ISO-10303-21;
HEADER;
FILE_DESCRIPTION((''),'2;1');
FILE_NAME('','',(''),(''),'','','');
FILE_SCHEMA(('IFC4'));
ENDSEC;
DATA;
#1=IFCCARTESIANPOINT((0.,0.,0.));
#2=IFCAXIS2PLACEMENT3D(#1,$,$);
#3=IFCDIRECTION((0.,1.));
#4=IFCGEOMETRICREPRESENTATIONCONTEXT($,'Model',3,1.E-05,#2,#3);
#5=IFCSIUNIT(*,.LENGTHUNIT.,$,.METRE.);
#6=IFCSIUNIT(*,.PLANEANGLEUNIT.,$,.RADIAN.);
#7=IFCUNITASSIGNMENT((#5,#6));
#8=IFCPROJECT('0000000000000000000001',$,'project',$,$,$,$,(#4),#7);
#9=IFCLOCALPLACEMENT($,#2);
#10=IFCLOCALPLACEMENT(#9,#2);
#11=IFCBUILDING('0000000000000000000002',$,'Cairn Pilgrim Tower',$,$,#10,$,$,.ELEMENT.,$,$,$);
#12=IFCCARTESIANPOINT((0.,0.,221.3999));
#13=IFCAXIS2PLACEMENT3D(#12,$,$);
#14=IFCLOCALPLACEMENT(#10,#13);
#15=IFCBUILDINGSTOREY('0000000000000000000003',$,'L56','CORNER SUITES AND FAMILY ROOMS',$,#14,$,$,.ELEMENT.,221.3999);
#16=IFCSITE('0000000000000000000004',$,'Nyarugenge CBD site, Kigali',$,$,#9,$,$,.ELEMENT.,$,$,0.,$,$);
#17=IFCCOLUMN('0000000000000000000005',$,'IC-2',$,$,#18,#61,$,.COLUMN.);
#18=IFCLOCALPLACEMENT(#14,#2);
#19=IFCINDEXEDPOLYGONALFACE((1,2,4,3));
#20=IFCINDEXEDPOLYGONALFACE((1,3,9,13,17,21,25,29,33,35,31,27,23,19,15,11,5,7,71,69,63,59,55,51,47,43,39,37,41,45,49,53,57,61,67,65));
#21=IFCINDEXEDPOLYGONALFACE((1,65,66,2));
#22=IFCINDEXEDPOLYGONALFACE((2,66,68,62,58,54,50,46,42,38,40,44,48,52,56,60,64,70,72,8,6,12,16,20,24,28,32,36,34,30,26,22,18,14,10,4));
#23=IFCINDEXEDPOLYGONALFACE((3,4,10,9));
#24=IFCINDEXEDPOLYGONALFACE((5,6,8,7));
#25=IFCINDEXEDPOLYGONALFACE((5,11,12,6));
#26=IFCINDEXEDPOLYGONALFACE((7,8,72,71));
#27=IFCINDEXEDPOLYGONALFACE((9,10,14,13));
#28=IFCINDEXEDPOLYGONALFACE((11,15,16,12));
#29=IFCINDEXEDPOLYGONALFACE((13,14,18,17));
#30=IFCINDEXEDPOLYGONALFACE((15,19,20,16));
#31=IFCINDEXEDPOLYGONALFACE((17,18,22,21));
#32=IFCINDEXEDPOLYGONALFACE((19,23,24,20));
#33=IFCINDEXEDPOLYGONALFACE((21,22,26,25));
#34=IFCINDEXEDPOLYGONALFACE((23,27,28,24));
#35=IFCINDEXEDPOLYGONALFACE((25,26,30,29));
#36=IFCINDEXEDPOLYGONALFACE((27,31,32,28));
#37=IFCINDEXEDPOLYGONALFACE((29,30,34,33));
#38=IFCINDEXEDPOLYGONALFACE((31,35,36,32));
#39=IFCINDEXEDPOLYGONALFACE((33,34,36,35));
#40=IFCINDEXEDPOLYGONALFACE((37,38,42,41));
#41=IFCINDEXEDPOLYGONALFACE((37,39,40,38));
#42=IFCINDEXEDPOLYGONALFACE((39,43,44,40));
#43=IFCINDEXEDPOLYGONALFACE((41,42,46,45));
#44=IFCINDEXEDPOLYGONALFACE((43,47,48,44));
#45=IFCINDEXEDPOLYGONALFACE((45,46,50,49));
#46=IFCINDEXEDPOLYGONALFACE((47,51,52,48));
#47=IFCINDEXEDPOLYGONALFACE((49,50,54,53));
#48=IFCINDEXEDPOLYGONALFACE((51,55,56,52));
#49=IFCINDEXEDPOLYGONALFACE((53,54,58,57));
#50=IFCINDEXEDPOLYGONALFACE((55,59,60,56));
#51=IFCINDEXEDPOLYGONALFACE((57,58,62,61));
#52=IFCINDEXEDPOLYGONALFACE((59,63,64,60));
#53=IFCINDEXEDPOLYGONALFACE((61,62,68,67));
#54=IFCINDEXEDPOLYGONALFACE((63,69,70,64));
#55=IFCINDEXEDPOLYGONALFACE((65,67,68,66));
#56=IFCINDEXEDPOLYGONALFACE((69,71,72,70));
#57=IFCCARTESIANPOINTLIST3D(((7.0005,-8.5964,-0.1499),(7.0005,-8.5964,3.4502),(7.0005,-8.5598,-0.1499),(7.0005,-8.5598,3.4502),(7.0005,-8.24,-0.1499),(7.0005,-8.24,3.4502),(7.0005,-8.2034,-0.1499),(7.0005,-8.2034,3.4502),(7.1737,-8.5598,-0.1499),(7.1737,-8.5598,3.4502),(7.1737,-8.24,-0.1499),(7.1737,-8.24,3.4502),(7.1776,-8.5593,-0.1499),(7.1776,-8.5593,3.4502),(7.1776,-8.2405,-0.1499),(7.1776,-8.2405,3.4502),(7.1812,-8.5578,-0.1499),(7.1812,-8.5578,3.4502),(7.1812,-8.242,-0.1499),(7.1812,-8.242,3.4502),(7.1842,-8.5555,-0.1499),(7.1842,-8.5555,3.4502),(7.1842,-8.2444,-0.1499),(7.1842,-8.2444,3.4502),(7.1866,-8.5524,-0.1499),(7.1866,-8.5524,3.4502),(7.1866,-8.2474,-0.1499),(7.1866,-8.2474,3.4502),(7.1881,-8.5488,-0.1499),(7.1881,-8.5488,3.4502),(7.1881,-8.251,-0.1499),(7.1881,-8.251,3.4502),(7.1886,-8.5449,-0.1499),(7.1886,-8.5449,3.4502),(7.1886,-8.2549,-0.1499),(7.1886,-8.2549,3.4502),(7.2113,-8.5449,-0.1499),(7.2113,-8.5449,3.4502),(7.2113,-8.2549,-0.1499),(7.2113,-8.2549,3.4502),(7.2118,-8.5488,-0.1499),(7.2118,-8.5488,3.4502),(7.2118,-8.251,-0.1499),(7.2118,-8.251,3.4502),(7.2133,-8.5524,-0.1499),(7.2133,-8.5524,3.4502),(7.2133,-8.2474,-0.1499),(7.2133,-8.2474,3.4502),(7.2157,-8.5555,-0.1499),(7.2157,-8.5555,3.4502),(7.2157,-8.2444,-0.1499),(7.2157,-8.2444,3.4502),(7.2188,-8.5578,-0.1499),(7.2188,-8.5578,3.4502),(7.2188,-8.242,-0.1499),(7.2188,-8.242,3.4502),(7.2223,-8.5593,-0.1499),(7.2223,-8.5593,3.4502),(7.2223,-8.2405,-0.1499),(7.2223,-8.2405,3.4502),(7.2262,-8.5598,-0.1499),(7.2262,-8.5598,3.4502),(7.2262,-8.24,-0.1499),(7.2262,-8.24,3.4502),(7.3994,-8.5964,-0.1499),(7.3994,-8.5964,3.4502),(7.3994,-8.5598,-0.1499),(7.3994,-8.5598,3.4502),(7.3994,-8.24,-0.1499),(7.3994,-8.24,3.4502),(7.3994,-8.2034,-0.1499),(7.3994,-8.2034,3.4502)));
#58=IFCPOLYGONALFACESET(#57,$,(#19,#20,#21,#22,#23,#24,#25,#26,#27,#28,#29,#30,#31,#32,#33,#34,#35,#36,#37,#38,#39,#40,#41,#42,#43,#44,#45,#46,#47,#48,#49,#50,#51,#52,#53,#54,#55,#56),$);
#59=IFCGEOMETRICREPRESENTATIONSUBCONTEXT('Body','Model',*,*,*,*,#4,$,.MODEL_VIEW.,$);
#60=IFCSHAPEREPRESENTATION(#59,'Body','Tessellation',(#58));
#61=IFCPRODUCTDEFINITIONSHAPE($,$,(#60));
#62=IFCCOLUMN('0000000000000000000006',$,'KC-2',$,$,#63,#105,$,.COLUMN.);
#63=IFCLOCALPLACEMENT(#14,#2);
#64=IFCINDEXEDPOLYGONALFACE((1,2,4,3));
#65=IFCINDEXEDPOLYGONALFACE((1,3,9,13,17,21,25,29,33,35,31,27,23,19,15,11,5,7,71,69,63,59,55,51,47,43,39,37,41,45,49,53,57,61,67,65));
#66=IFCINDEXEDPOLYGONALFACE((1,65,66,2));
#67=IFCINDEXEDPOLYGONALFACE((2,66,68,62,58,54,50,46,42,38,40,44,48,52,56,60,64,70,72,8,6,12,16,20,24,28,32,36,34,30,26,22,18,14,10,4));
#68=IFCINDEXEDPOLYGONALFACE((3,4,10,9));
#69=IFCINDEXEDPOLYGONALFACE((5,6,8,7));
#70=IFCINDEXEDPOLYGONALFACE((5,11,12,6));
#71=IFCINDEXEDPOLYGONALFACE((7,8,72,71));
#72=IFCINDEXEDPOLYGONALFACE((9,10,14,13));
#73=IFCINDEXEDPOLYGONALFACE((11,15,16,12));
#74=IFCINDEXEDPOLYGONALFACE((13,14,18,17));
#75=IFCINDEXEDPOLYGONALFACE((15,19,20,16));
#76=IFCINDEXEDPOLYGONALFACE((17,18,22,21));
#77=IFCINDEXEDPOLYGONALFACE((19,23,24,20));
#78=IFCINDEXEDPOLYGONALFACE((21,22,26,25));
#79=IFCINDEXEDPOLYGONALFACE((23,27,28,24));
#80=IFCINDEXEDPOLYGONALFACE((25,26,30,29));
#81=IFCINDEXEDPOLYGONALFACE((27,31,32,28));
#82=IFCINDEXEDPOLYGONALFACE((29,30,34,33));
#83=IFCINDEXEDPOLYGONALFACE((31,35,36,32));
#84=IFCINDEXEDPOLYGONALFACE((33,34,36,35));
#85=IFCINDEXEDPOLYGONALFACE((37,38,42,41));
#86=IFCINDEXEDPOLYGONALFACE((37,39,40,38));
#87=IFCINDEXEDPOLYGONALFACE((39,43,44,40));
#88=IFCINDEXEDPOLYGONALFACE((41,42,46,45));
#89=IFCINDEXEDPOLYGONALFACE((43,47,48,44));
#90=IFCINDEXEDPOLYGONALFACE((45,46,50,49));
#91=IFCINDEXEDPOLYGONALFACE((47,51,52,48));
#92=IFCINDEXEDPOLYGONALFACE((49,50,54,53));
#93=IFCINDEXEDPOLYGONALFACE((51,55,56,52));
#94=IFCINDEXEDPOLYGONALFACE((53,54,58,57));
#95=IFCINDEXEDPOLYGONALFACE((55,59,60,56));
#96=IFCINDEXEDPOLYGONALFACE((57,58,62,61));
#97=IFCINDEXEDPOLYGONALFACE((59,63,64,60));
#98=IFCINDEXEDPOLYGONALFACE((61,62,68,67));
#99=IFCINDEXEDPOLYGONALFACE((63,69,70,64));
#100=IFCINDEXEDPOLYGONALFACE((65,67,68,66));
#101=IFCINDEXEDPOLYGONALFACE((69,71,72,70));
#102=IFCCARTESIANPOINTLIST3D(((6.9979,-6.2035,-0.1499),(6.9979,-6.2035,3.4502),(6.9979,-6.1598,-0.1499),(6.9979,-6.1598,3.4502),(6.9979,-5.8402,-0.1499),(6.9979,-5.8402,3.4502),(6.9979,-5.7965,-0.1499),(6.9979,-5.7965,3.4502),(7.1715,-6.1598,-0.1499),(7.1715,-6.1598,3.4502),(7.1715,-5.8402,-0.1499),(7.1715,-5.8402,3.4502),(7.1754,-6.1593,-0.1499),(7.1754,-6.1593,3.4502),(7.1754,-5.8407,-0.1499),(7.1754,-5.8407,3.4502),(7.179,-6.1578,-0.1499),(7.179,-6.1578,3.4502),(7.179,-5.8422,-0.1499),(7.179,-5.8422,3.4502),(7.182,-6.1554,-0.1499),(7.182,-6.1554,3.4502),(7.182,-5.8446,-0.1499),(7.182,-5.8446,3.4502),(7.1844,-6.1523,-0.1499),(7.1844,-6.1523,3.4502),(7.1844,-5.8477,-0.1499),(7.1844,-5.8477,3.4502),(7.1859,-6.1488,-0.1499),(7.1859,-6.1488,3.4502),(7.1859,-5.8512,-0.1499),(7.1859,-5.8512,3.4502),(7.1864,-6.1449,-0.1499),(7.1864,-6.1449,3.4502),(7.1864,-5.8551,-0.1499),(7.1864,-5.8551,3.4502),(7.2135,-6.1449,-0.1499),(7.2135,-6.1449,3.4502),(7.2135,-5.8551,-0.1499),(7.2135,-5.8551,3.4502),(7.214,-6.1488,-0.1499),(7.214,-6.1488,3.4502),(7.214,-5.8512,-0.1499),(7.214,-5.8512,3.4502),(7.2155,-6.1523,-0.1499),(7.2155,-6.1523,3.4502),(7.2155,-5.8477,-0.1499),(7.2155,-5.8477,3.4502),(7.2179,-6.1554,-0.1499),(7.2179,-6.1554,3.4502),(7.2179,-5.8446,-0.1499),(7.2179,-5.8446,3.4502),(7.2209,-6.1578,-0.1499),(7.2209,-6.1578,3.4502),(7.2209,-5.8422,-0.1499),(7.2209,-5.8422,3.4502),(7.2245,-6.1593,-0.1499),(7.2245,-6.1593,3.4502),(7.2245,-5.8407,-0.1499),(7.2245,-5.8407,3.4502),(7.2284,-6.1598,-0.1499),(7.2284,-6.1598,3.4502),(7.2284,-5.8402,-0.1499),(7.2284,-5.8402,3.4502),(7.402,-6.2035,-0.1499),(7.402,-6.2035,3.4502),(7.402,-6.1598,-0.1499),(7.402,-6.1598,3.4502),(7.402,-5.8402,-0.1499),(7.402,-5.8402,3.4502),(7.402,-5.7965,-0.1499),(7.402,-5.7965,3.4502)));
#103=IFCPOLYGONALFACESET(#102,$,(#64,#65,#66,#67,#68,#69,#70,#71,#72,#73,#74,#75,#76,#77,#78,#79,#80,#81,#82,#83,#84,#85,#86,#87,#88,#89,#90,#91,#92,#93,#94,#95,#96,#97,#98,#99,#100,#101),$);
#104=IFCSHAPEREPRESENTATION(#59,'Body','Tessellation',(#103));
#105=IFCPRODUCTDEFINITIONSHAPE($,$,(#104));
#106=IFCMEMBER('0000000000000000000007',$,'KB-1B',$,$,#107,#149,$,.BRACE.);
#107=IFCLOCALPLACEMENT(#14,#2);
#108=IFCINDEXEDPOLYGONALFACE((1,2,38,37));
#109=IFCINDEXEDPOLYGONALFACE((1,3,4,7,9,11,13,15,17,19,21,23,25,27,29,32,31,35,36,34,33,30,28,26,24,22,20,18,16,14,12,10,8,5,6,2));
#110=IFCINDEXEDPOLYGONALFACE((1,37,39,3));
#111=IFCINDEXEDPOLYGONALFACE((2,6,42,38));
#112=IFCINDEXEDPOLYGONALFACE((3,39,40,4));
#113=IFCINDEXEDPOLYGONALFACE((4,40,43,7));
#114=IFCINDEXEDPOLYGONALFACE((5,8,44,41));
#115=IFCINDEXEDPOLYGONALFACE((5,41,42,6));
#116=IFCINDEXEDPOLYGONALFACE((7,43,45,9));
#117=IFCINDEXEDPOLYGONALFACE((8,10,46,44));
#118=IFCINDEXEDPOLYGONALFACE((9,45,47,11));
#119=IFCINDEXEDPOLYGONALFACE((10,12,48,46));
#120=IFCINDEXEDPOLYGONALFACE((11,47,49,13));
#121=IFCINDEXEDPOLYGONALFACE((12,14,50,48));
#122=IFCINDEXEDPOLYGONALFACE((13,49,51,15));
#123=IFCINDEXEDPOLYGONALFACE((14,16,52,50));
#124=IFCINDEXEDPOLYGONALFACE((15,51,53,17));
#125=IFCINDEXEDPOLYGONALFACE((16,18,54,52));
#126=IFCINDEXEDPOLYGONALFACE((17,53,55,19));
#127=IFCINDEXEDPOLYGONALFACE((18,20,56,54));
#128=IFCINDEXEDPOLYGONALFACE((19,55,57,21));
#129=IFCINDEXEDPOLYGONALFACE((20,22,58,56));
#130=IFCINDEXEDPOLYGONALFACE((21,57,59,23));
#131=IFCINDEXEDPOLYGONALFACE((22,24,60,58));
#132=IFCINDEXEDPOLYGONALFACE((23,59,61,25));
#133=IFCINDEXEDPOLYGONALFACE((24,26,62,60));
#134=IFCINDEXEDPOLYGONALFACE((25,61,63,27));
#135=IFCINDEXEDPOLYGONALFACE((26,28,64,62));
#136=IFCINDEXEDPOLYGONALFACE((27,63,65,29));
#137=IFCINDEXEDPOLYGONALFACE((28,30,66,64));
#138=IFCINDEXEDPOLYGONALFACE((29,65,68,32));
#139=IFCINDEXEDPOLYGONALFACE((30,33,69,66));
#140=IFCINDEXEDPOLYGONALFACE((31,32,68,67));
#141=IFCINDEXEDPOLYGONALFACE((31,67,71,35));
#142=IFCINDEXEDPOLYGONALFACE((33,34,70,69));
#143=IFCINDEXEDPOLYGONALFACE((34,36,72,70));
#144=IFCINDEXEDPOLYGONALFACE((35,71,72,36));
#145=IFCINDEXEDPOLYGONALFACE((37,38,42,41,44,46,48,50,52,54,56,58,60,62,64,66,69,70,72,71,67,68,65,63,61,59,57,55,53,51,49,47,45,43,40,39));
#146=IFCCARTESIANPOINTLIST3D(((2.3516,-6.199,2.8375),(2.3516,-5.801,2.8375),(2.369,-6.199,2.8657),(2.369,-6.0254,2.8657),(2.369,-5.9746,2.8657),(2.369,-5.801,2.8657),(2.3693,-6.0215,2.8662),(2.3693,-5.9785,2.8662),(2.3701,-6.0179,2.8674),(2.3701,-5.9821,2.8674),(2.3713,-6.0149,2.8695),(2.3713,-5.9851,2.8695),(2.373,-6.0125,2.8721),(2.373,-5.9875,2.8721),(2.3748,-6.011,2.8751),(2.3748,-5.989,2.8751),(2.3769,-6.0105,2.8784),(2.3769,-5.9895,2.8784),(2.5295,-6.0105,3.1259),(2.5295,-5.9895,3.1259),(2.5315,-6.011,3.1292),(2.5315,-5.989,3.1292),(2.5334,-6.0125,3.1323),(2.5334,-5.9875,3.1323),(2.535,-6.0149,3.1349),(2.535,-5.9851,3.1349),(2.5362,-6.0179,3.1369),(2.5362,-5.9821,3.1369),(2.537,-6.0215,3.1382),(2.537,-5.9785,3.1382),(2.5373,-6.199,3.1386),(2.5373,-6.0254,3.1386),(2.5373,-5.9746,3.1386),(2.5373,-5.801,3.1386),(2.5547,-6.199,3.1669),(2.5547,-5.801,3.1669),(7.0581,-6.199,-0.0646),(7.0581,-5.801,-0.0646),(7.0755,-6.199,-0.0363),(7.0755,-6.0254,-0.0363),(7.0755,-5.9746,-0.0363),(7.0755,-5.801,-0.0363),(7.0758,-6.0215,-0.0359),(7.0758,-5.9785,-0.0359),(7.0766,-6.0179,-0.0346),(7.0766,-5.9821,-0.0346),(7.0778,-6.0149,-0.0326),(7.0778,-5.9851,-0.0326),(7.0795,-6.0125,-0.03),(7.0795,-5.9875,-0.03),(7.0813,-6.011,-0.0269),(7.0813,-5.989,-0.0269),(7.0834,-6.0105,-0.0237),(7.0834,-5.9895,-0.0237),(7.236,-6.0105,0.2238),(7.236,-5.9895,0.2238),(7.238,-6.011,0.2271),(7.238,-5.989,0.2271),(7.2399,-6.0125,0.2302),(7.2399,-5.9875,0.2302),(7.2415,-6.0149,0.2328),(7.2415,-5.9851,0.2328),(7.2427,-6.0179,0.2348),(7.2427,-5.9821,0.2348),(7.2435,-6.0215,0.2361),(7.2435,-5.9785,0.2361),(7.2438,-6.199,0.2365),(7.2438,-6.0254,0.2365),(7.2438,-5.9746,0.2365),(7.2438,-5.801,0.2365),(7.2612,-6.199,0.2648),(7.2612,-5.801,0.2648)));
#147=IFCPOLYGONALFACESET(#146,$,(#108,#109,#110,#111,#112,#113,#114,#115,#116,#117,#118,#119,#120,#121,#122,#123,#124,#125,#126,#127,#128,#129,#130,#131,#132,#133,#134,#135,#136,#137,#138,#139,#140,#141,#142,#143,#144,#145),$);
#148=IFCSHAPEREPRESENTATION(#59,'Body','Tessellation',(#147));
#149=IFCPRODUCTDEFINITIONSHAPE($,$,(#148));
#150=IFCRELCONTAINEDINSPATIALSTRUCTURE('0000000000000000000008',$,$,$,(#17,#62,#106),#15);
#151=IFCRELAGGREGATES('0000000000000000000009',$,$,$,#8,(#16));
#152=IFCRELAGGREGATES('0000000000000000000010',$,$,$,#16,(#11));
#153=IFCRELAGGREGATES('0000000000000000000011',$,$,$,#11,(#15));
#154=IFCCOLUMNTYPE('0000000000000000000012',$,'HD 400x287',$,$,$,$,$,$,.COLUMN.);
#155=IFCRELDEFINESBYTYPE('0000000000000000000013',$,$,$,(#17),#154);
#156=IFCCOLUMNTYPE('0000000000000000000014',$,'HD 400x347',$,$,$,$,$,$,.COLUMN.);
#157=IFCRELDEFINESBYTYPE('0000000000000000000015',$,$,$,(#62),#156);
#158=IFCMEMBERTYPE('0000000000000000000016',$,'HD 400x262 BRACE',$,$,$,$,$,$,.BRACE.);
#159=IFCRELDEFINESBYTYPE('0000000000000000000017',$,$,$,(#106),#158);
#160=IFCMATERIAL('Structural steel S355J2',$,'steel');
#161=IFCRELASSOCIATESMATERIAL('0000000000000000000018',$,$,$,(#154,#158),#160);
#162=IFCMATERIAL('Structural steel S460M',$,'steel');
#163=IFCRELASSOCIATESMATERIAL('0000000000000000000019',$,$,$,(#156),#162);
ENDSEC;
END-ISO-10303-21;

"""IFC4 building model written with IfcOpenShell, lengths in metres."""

from ifc_helpers import new_model, si_unit, direction, frame, origin, origin_2d, place, context, subcontext, project, spatial, i_section, extrude, material, material_profile, profile_set, type_object, element, save


model = new_model("IFC4")

# Units and contexts
model_context = context("Model", 3, precision=1e-05, world=origin(), true_north=direction((0.0, 1.0)))
body_context = subcontext(model_context, "Body", "Model", "MODEL_VIEW")
ifc_project = project(units=[si_unit("LENGTHUNIT", "METRE"), si_unit("PLANEANGLEUNIT", "RADIAN")], contexts=[model_context])

# Site, building, storey
site_placement = place(None, origin())
site = spatial("IfcSite", under=ifc_project, at=site_placement, Name="Nyarugenge CBD site, Kigali", CompositionType="ELEMENT", RefElevation=0.0)
building_placement = place(site_placement, origin())
building = spatial("IfcBuilding", under=site, at=building_placement, Name="Cairn Pilgrim Tower", CompositionType="ELEMENT")
storey_placement = place(building_placement, frame((0.0, 0.0, 221.3999)))
storey = spatial("IfcBuildingStorey", under=building, at=storey_placement, Name="L56", Description="CORNER SUITES AND FAMILY ROOMS", CompositionType="ELEMENT", Elevation=221.3999)

# Columns
ifc_material_1 = material(Name="Structural steel S355J2", Category="steel")
ifc_material_profile_1 = material_profile(ifc_material_1, i_section(OverallWidth=0.3989, OverallDepth=0.3931, WebThickness=0.0227, FlangeThickness=0.0366, FilletRadius=0.0149, at=origin_2d()), Name="HD 400x287")
ifc_profile_set_1 = profile_set([ifc_material_profile_1], Name="Structural steel S355J2")
column_type_1 = type_object("IfcColumnType", Name="HD 400x287", PredefinedType="COLUMN", material=ifc_profile_set_1)
column_1_placement = place(storey_placement, frame((7.2, -8.3999, -0.1499), z_axis=(0.0, 0.0, 1.0), x_axis=(1.0, 0.0, 0.0)))
element("IfcColumn", 1, at=column_1_placement, inside=storey, type_object=column_type_1, Name="IC-2", PredefinedType="COLUMN", context=body_context, shape_type="SweptSolid", body=[
    extrude(i_section(OverallWidth=0.3989, OverallDepth=0.3931, WebThickness=0.0227, FlangeThickness=0.0366, FilletRadius=0.0149, at=origin_2d()), origin(), (0.0, 0.0, 1.0), 3.6001),
])
ifc_material_2 = material(Name="Structural steel S460M", Category="steel")
ifc_material_profile_2 = material_profile(ifc_material_2, i_section(OverallWidth=0.4041, OverallDepth=0.407, WebThickness=0.0271, FlangeThickness=0.0437, FilletRadius=0.0149, at=origin_2d()), Name="HD 400x347")
ifc_profile_set_2 = profile_set([ifc_material_profile_2], Name="Structural steel S460M")
column_type_2 = type_object("IfcColumnType", Name="HD 400x347", PredefinedType="COLUMN", material=ifc_profile_set_2)
column_2_placement = place(storey_placement, frame((7.2, -6.0, -0.1499), z_axis=(0.0, 0.0, 1.0), x_axis=(1.0, 0.0, 0.0)))
element("IfcColumn", 2, at=column_2_placement, inside=storey, type_object=column_type_2, Name="KC-2", PredefinedType="COLUMN", context=body_context, shape_type="SweptSolid", body=[
    extrude(i_section(OverallWidth=0.4041, OverallDepth=0.407, WebThickness=0.0271, FlangeThickness=0.0437, FilletRadius=0.0149, at=origin_2d()), origin(), (0.0, 0.0, 1.0), 3.6001),
])

# Member
ifc_material_profile_3 = material_profile(ifc_material_1, i_section(OverallWidth=0.3979, OverallDepth=0.387, WebThickness=0.021, FlangeThickness=0.0332, FilletRadius=0.0149, at=origin_2d()), Name="HD 400x262")
ifc_profile_set_3 = profile_set([ifc_material_profile_3], Name="Structural steel S355J2")
member_type = type_object("IfcMemberType", Name="HD 400x262 BRACE", PredefinedType="BRACE", material=ifc_profile_set_3)
member_placement = place(storey_placement, frame((7.1597, -6.0, 0.1001), z_axis=(-0.851193, 0.0, 0.524854), x_axis=(0.0, -1.0, 0.0)))
element("IfcMember", 3, at=member_placement, inside=storey, type_object=member_type, Name="KB-1B", PredefinedType="BRACE", context=body_context, shape_type="SweptSolid", body=[
    extrude(i_section(OverallWidth=0.3979, OverallDepth=0.387, WebThickness=0.021, FlangeThickness=0.0332, FilletRadius=0.0149, at=origin_2d()), origin(), (0.0, 0.0, 1.0), 5.5293),
])

save(model, "model.ifc")
